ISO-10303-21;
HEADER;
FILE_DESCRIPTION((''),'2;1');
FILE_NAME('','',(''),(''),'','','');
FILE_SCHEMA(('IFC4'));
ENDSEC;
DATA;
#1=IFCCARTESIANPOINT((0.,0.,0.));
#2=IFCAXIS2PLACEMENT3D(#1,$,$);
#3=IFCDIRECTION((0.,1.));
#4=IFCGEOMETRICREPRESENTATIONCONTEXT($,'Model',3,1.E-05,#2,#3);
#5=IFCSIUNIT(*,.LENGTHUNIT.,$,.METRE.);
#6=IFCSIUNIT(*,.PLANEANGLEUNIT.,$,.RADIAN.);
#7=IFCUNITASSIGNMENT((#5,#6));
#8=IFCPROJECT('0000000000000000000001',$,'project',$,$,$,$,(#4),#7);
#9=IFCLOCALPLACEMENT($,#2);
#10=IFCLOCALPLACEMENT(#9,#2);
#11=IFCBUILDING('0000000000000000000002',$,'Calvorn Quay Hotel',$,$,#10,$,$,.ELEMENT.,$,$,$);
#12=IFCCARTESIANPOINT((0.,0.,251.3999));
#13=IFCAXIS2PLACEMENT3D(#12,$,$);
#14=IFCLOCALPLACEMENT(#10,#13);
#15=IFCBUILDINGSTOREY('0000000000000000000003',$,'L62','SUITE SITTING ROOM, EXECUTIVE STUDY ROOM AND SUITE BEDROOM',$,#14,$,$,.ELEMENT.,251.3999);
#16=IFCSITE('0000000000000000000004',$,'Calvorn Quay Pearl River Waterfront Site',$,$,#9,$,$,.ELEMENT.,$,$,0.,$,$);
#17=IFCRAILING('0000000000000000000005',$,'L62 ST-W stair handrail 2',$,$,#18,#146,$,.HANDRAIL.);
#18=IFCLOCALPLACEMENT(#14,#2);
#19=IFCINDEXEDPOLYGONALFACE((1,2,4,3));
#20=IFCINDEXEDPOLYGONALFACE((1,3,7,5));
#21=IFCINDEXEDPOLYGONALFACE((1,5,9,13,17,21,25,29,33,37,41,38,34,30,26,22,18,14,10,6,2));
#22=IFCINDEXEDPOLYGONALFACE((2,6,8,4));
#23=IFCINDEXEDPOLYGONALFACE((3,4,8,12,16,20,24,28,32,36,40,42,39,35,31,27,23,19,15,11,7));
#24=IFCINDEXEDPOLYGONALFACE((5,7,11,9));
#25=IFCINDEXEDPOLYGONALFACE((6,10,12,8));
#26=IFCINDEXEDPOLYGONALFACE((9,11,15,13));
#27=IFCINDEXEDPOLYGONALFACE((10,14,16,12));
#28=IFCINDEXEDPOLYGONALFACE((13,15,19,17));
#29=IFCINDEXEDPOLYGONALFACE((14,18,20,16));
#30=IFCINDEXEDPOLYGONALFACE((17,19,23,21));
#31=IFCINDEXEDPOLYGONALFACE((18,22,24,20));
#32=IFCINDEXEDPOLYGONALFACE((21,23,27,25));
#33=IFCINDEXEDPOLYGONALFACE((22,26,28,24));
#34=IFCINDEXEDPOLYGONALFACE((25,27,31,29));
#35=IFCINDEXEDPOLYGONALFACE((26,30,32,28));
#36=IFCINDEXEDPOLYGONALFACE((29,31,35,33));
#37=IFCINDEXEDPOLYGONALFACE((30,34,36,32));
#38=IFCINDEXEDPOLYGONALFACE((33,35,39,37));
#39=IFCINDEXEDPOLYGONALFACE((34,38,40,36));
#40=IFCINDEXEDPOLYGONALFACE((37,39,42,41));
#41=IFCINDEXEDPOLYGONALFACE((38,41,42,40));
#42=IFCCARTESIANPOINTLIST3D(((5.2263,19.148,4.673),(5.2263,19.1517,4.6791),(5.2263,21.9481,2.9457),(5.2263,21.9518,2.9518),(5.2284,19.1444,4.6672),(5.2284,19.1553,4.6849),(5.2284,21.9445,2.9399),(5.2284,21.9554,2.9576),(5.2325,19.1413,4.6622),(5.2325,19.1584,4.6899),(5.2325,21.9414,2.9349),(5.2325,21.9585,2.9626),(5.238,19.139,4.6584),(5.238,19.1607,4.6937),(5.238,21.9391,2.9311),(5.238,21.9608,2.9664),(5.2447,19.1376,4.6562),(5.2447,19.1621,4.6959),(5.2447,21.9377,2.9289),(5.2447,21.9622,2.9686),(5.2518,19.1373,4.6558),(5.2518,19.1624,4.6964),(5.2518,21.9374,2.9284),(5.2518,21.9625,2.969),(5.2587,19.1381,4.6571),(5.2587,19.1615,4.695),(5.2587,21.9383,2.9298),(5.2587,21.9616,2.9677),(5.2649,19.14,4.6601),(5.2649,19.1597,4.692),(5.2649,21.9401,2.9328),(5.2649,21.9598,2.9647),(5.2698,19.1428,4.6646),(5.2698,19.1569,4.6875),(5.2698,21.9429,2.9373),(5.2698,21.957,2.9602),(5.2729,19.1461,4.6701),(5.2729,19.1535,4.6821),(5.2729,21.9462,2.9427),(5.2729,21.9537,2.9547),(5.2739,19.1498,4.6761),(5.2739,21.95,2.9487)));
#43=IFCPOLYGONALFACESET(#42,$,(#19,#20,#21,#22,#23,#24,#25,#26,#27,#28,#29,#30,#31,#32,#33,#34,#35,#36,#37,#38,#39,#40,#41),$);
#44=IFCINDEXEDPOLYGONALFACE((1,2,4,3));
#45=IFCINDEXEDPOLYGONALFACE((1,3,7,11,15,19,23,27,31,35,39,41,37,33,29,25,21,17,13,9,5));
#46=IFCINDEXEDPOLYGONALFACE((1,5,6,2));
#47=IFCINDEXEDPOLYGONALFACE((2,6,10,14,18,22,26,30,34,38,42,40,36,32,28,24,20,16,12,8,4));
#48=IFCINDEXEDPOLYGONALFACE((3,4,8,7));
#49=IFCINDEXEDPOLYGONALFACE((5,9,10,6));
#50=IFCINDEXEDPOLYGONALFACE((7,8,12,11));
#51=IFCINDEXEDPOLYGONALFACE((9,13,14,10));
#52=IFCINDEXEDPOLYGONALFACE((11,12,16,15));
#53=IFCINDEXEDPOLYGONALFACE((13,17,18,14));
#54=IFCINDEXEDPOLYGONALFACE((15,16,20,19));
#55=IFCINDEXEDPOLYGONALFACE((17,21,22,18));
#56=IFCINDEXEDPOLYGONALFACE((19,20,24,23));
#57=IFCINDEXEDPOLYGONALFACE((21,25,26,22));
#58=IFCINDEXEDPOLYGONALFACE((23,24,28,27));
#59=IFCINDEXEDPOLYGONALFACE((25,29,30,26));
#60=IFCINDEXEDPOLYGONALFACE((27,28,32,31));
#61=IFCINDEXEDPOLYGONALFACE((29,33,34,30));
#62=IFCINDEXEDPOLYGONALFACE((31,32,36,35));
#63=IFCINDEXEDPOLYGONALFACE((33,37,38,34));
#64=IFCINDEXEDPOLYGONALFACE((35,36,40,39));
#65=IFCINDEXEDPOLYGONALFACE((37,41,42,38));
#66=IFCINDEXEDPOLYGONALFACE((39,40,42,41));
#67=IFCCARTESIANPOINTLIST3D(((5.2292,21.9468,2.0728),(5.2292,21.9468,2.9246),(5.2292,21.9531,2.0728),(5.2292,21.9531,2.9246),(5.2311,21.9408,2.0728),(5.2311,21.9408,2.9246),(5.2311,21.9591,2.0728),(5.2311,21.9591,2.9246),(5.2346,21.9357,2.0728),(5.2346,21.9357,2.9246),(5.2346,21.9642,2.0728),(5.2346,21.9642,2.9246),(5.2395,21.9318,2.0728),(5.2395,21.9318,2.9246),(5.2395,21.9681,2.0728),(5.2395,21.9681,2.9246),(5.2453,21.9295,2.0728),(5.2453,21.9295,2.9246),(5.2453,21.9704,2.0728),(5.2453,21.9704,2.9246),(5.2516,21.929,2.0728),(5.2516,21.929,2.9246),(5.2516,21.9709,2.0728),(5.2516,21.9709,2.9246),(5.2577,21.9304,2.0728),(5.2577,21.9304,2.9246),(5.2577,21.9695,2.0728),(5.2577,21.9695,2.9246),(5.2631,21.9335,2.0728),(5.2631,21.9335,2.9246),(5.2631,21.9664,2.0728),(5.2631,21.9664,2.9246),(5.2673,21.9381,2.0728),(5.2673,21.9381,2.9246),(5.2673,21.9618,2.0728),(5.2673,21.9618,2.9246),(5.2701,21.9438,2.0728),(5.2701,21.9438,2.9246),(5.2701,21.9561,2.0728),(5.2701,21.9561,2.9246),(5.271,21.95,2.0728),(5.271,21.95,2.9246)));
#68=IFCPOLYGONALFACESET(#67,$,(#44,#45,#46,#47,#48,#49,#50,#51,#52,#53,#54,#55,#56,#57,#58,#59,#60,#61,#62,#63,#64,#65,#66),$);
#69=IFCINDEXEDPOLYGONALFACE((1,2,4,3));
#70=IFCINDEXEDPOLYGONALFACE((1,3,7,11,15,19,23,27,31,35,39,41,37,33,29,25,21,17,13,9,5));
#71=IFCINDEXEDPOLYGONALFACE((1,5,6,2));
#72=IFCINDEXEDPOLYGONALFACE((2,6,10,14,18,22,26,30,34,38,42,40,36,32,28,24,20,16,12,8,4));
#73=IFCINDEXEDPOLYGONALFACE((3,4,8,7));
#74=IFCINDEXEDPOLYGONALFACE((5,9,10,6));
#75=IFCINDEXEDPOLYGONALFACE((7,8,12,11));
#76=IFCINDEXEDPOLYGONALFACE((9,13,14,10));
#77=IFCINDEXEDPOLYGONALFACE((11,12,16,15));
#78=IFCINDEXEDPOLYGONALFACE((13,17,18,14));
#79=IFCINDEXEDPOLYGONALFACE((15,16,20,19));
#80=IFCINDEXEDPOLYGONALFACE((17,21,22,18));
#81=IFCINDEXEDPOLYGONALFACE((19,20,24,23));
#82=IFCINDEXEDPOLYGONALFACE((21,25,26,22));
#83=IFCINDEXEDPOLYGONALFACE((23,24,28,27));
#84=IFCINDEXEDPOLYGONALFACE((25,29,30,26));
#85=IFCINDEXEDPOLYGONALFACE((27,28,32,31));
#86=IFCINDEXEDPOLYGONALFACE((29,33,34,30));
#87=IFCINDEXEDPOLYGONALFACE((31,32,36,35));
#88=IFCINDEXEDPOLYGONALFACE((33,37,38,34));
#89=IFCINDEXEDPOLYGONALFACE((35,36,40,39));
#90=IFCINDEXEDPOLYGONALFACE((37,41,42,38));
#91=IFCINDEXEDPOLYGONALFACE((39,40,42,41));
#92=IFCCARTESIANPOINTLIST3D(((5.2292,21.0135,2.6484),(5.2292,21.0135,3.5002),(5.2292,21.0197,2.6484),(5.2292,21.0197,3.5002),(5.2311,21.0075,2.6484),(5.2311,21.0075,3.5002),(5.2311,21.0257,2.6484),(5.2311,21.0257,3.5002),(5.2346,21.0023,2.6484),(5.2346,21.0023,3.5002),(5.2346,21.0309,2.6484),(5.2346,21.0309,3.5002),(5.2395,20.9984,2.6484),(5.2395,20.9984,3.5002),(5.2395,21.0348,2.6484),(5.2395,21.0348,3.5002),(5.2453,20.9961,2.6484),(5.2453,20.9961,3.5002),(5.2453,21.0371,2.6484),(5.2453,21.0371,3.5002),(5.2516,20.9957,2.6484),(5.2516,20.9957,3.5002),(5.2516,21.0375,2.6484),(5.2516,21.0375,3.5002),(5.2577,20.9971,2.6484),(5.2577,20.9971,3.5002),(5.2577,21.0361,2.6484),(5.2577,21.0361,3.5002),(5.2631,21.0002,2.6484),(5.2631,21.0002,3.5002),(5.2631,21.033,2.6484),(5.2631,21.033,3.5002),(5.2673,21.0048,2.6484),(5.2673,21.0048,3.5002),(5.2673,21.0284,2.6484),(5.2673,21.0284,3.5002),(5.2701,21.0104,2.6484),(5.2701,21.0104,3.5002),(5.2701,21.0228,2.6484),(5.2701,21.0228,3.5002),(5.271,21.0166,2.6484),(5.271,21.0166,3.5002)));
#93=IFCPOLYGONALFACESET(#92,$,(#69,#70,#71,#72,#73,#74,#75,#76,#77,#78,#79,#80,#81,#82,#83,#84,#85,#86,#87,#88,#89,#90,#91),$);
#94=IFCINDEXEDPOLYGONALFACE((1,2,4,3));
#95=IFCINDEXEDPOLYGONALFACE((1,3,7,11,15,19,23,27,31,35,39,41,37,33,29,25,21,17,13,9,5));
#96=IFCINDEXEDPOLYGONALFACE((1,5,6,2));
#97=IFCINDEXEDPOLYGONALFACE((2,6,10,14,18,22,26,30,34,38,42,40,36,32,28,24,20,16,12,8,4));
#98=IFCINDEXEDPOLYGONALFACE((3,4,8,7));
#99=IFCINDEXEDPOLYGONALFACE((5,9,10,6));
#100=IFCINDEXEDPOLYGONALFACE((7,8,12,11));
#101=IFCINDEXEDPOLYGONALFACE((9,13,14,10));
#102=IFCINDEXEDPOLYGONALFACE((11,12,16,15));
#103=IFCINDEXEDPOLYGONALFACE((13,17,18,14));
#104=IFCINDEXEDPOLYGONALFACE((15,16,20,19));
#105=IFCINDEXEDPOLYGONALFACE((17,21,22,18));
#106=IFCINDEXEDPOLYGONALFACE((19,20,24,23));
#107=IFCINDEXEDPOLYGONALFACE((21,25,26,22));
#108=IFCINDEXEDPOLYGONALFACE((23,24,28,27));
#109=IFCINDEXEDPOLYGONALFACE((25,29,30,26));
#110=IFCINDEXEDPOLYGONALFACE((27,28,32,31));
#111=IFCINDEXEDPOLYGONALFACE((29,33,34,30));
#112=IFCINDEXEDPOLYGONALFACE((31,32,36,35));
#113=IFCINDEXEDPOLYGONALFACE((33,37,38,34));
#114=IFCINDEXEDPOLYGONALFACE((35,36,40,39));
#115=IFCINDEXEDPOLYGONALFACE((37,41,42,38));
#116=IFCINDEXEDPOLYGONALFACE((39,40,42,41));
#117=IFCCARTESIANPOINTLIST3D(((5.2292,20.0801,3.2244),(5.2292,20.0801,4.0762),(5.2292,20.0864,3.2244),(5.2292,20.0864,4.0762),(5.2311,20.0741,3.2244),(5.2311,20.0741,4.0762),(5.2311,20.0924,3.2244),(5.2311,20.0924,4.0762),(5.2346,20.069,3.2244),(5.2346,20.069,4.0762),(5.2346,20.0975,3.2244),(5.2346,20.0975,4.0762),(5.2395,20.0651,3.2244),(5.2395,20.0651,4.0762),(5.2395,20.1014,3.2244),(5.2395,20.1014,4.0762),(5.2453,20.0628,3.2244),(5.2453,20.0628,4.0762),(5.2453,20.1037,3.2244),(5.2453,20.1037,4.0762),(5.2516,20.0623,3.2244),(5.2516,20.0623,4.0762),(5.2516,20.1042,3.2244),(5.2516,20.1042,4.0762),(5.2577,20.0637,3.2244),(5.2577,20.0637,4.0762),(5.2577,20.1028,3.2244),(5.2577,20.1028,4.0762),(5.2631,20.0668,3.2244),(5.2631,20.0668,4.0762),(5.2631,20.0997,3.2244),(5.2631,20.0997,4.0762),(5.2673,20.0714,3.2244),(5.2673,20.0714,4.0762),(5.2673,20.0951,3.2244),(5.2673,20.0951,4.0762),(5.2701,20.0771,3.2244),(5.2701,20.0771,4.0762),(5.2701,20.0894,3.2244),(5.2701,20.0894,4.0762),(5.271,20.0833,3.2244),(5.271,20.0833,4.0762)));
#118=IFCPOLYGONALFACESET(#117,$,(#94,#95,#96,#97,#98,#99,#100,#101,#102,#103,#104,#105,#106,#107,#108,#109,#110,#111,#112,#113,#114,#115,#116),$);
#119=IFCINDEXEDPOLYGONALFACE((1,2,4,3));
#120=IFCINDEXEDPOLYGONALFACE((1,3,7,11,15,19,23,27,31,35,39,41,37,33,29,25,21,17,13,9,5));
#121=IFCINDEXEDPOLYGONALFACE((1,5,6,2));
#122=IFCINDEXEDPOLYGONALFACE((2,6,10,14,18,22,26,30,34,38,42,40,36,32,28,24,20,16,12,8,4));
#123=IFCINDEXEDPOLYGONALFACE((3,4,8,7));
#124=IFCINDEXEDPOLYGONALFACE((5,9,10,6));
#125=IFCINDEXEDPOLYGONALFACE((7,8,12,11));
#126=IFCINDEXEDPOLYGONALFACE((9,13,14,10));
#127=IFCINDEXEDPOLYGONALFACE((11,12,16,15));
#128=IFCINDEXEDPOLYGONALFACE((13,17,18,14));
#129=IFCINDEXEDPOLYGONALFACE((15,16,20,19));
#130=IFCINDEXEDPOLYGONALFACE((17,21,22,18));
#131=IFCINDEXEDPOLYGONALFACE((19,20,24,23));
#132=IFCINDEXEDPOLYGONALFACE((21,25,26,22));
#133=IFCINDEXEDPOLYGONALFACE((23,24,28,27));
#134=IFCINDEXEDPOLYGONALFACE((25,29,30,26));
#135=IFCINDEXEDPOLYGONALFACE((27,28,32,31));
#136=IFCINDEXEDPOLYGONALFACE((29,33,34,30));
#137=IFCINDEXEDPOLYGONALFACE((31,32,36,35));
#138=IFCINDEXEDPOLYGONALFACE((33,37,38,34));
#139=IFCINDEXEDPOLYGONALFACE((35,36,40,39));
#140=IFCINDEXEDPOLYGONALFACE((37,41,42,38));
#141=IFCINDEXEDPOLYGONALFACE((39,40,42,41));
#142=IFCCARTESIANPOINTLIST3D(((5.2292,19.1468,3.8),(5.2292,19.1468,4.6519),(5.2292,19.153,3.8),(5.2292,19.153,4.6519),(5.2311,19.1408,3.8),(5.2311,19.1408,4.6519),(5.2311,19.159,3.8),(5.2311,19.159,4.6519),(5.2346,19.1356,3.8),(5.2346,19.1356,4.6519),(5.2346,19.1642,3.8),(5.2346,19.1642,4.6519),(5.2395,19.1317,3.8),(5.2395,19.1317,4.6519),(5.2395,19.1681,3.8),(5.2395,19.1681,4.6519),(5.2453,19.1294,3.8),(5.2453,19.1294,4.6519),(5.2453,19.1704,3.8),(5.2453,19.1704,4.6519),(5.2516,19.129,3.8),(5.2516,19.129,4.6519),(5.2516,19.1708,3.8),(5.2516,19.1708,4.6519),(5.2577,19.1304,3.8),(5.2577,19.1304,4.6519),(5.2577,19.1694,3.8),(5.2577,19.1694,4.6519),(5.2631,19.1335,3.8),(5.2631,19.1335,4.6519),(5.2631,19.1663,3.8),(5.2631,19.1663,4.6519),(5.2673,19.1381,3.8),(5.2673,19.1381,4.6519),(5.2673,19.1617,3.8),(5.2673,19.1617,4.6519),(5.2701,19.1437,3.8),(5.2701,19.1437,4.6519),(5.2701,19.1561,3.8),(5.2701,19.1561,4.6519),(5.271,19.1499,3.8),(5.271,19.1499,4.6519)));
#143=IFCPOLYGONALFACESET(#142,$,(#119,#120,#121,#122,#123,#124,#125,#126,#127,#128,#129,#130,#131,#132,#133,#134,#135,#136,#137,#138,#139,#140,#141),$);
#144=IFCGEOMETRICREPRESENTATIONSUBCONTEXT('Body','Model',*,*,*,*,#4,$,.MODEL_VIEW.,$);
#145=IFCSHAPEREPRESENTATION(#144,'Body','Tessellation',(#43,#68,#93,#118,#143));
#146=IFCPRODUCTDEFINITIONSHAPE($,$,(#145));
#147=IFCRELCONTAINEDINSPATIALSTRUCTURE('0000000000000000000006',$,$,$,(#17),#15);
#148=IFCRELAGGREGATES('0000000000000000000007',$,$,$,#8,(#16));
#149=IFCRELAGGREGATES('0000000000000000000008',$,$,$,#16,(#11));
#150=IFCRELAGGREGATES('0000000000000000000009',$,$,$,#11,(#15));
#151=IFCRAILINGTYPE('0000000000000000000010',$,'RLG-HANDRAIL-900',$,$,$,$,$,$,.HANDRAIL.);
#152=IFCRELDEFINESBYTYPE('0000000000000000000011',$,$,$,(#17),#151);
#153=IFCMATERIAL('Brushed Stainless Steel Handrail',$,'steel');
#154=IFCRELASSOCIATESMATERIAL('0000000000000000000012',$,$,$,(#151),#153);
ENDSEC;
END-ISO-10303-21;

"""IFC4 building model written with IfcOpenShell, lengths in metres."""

from ifc_helpers import new_model, si_unit, direction, frame, origin, origin_2d, place, context, subcontext, project, spatial, circle, extrude, material, type_object, element, save


model = new_model("IFC4")

# Units and contexts
model_context = context("Model", 3, precision=1e-05, world=origin(), true_north=direction((0.0, 1.0)))
body_context = subcontext(model_context, "Body", "Model", "MODEL_VIEW")
ifc_project = project(units=[si_unit("LENGTHUNIT", "METRE"), si_unit("PLANEANGLEUNIT", "RADIAN")], contexts=[model_context])

# Site, building, storey
site_placement = place(None, origin())
site = spatial("IfcSite", under=ifc_project, at=site_placement, Name="Calvorn Quay Pearl River Waterfront Site", CompositionType="ELEMENT", RefElevation=0.0)
building_placement = place(site_placement, origin())
building = spatial("IfcBuilding", under=site, at=building_placement, Name="Calvorn Quay Hotel", CompositionType="ELEMENT")
storey_placement = place(building_placement, frame((0.0, 0.0, 251.3999)))
storey = spatial("IfcBuildingStorey", under=building, at=storey_placement, Name="L62", Description="SUITE SITTING ROOM, EXECUTIVE STUDY ROOM AND SUITE BEDROOM", CompositionType="ELEMENT", Elevation=251.3999)

# Railing
ifc_material_1 = material(Name="Brushed Stainless Steel Handrail", Category="steel")
railing_type_1 = type_object("IfcRailingType", Name="RLG-HANDRAIL-900", PredefinedType="HANDRAIL", material=ifc_material_1)
railing_1_placement = place(storey_placement, frame((5.25, 21.95, 2.0728)))
element("IfcRailing", 1, at=railing_1_placement, inside=storey, type_object=railing_type_1, Name="L62 ST-W stair handrail 2", PredefinedType="HANDRAIL", context=body_context, shape_type="SweptSolid", body=[
    extrude(circle(Radius=0.0239, at=origin_2d()), frame((0.0, 0.0, 0.876), z_axis=(0.0, -0.85109, 0.52502), x_axis=(1.0, 0.0, 0.0)), (0.0, 0.0, 1.0), 3.29),
    extrude(circle(Radius=0.021, at=origin_2d()), origin(), (0.0, 0.0, 1.0), 0.8518),
    extrude(circle(Radius=0.021, at=origin_2d()), frame((0.0, -0.9333, 0.5757)), (0.0, 0.0, 1.0), 0.8518),
    extrude(circle(Radius=0.021, at=origin_2d()), frame((0.0, -1.8667, 1.1516)), (0.0, 0.0, 1.0), 0.8518),
    extrude(circle(Radius=0.021, at=origin_2d()), frame((0.0, -2.8, 1.7273)), (0.0, 0.0, 1.0), 0.8518),
])

save(model, "model.ifc")
